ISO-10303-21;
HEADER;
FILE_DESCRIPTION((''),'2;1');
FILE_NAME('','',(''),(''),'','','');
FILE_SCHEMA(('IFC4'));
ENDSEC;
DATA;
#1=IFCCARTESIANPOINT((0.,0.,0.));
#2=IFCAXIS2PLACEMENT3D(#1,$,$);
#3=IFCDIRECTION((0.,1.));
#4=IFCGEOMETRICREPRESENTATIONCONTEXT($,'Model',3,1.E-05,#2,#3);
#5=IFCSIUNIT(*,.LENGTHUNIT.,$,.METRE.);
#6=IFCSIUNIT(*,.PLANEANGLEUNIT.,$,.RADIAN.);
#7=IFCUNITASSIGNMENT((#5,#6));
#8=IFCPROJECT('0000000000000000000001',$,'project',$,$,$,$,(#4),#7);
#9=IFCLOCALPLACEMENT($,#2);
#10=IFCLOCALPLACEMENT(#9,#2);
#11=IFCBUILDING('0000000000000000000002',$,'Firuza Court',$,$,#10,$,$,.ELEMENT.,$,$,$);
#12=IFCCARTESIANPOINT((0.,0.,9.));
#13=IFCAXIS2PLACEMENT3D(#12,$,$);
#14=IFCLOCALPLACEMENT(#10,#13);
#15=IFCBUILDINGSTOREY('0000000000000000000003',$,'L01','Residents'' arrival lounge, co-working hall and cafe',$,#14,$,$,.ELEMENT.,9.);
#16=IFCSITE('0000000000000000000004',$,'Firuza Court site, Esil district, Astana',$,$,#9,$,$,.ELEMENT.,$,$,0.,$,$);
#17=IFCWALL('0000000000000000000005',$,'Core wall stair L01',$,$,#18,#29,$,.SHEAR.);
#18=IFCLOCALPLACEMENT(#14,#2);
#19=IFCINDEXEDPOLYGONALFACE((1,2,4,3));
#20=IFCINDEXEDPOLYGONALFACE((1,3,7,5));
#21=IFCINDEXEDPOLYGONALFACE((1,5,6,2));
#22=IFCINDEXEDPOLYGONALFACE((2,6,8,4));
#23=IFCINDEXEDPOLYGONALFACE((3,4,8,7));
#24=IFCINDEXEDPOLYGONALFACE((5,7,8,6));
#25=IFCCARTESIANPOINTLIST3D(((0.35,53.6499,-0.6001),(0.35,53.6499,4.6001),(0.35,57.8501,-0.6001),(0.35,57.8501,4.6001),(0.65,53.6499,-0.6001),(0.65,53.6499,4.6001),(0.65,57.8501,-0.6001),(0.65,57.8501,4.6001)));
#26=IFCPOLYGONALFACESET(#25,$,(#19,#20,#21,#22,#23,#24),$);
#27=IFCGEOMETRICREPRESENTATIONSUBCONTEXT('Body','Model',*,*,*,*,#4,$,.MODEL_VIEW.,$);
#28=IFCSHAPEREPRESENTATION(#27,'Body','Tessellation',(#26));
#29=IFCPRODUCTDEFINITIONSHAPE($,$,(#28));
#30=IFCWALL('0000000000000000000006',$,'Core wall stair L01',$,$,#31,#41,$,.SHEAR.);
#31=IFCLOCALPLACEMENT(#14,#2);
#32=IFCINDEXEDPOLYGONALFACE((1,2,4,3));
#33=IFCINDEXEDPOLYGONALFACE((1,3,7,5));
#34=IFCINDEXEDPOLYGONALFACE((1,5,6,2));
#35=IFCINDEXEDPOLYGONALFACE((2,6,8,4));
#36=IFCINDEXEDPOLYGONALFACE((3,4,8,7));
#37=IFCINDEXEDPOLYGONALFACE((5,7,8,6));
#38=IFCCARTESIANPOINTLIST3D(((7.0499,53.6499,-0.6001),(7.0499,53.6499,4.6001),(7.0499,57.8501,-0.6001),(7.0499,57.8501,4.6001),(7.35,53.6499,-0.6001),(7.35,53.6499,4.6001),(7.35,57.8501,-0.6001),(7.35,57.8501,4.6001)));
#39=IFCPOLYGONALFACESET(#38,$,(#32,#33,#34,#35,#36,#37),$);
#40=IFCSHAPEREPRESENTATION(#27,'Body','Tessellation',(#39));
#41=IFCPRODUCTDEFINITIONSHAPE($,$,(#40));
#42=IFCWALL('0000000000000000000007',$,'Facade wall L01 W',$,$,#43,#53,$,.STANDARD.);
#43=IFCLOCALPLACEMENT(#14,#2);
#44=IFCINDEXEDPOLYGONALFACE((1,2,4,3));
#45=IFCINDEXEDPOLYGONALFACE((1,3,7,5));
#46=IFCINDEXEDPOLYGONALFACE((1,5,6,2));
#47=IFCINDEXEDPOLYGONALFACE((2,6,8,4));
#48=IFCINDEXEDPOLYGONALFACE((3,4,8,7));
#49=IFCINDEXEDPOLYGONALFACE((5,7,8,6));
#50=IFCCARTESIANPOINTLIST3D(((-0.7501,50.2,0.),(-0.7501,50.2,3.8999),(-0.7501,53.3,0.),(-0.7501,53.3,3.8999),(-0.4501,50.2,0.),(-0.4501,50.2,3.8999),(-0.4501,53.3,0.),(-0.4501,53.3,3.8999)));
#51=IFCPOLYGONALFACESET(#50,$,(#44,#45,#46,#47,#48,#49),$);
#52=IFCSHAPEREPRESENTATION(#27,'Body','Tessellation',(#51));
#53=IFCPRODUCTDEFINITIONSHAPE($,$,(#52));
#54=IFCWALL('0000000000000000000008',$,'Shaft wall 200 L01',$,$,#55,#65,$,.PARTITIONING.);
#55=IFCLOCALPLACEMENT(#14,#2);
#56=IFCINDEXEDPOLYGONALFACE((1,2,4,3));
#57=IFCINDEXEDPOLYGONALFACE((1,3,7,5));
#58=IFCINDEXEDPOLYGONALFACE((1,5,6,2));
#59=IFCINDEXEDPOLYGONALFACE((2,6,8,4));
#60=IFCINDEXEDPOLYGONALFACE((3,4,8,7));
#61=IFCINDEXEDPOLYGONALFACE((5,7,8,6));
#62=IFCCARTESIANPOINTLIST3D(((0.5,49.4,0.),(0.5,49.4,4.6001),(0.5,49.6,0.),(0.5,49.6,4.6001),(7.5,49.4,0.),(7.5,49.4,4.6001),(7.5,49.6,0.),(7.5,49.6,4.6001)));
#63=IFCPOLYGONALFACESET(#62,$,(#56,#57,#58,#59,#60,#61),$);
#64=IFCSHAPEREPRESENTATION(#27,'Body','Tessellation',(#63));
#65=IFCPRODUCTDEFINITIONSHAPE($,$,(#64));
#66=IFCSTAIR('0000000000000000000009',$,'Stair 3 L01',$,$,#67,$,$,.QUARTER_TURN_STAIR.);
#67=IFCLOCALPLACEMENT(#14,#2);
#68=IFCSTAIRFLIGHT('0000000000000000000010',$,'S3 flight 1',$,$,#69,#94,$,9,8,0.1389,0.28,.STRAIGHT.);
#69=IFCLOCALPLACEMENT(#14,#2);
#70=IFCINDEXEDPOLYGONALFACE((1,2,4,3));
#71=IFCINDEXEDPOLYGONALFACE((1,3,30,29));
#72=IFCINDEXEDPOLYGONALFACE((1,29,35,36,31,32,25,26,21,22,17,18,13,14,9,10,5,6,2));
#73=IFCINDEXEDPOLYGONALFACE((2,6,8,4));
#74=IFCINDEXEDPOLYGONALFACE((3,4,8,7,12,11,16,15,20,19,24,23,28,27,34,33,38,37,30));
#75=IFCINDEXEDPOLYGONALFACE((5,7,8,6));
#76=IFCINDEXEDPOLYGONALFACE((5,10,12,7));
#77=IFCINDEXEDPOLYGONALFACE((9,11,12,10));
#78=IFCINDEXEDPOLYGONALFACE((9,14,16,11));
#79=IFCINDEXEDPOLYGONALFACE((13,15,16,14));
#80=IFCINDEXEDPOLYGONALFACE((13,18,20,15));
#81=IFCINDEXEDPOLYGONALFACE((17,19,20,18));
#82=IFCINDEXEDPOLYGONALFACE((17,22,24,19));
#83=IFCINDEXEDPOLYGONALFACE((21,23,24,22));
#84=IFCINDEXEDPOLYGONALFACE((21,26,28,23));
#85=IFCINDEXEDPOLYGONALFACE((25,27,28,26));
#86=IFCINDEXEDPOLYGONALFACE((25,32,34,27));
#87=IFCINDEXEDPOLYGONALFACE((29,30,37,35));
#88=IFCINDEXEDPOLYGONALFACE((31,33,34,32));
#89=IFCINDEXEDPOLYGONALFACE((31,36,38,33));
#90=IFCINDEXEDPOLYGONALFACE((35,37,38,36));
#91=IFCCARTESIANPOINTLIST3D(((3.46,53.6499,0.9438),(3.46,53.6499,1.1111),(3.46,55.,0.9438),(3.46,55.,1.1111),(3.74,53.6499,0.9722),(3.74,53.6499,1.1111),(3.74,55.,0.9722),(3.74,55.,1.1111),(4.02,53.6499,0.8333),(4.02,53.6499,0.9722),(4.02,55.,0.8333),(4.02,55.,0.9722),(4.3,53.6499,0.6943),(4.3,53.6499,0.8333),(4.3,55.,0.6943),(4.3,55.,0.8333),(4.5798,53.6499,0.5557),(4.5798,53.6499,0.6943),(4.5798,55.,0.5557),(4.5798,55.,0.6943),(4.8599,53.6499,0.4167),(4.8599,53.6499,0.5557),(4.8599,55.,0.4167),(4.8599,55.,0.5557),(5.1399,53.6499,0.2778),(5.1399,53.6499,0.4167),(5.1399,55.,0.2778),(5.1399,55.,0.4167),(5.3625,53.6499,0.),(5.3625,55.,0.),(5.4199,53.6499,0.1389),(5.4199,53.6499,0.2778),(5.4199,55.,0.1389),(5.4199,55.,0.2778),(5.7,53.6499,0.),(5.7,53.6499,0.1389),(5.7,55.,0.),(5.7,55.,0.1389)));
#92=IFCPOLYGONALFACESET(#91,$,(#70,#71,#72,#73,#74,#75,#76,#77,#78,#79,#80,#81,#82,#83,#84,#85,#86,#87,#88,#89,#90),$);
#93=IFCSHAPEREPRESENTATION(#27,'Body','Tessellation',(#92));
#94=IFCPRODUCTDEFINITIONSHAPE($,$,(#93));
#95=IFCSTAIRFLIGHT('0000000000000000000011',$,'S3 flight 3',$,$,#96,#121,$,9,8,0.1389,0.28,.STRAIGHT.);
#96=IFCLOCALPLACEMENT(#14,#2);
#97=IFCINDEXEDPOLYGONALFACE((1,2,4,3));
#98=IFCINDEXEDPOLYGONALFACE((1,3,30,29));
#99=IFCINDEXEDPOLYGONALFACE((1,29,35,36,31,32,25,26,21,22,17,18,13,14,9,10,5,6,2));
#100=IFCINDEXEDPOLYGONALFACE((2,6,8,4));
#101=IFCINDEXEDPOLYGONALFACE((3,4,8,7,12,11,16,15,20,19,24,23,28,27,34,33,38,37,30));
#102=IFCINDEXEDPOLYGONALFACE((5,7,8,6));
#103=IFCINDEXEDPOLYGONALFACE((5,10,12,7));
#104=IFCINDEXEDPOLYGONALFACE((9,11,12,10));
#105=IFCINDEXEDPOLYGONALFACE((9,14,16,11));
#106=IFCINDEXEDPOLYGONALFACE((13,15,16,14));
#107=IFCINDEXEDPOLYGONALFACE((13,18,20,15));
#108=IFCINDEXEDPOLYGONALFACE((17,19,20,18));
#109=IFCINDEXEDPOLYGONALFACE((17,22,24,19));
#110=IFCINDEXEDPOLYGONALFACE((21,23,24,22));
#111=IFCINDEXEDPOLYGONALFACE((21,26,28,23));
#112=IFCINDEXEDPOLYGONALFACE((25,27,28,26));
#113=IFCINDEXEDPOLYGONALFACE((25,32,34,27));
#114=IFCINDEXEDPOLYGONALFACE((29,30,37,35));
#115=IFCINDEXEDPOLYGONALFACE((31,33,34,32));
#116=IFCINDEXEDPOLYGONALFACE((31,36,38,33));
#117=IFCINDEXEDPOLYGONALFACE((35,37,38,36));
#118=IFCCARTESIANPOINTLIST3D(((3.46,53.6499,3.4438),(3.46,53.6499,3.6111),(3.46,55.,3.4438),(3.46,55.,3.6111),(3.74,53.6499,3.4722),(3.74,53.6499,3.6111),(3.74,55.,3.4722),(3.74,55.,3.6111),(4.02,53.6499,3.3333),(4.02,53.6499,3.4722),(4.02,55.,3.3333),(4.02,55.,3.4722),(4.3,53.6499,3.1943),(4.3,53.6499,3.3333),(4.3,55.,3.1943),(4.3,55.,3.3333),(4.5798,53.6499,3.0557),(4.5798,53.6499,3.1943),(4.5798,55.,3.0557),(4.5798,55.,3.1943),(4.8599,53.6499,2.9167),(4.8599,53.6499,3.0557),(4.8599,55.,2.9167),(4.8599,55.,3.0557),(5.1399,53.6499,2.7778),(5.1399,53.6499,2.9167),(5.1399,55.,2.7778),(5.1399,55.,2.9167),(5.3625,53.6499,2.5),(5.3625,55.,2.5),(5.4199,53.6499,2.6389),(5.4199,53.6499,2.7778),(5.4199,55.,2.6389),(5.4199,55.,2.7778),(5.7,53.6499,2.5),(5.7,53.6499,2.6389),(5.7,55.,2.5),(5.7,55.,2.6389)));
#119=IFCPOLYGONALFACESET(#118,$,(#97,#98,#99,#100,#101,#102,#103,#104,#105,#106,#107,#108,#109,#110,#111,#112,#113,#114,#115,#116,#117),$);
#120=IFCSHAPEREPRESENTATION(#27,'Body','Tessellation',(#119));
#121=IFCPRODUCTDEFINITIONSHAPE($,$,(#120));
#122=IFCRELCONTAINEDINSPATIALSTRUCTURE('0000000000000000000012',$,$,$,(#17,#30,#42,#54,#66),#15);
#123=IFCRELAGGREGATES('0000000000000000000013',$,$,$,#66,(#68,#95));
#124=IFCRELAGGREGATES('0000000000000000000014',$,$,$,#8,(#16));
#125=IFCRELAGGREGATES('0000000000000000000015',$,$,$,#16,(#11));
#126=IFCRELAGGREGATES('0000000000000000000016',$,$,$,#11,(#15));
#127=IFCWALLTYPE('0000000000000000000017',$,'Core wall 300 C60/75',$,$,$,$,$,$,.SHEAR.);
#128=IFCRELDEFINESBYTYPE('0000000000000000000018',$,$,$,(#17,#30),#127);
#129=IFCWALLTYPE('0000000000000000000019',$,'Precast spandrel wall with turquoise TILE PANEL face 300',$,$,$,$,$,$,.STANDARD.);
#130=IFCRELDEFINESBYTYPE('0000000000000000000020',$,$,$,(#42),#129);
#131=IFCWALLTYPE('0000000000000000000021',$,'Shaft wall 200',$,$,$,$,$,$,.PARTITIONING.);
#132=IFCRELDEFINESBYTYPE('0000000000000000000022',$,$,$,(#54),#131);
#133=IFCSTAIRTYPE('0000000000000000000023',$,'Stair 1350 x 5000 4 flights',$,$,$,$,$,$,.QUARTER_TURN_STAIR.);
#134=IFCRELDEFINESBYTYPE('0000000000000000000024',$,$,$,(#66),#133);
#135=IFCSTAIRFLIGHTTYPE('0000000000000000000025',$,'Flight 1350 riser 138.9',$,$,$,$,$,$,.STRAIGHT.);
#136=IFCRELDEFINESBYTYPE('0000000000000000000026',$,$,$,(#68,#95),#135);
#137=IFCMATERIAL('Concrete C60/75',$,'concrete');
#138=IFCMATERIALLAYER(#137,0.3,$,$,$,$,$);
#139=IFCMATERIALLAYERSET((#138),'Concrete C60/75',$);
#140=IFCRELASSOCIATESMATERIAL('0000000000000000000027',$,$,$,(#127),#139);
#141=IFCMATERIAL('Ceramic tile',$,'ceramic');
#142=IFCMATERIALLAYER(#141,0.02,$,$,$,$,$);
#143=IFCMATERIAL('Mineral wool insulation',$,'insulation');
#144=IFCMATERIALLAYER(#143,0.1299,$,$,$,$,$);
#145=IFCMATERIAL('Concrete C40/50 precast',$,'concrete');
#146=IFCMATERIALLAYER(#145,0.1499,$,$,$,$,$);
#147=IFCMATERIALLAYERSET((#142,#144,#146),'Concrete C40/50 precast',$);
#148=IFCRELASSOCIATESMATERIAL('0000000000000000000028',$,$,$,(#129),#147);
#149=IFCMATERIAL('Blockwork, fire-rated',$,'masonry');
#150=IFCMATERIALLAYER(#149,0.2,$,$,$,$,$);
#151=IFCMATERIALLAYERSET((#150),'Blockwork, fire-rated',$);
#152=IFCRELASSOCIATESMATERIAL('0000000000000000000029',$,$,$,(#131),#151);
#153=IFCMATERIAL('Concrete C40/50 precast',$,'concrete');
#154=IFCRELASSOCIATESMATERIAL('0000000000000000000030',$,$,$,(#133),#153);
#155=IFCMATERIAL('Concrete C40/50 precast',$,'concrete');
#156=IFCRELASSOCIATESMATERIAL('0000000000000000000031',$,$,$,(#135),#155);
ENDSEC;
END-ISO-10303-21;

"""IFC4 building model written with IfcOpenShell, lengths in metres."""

from ifc_helpers import new_model, si_unit, direction, frame, frame_2d, origin, place, context, subcontext, project, spatial, polyline, rectangle, outline, extrude, material, layer, layer_set, type_object, element, aggregate, save


model = new_model("IFC4")

# Units and contexts
model_context = context("Model", 3, precision=1e-05, world=origin(), true_north=direction((0.0, 1.0)))
body_context = subcontext(model_context, "Body", "Model", "MODEL_VIEW")
ifc_project = project(units=[si_unit("LENGTHUNIT", "METRE"), si_unit("PLANEANGLEUNIT", "RADIAN")], contexts=[model_context])

# Site, building, storey
site_placement = place(None, origin())
site = spatial("IfcSite", under=ifc_project, at=site_placement, Name="Firuza Court site, Esil district, Astana", CompositionType="ELEMENT", RefElevation=0.0)
building_placement = place(site_placement, origin())
building = spatial("IfcBuilding", under=site, at=building_placement, Name="Firuza Court", CompositionType="ELEMENT")
storey_placement = place(building_placement, frame((0.0, 0.0, 9.0)))
storey = spatial("IfcBuildingStorey", under=building, at=storey_placement, Name="L01", Description="Residents' arrival lounge, co-working hall and cafe", CompositionType="ELEMENT", Elevation=9.0)

# Shared definitions
ifc_material_1 = material(Name="Concrete C60/75", Category="concrete")

# Shared definitions
ifc_layer_1 = layer(ifc_material_1, 0.3)
ifc_layer_set_1 = layer_set([ifc_layer_1], Name="Concrete C60/75")
wall_type_1 = type_object("IfcWallType", Name="Core wall 300 C60/75", PredefinedType="SHEAR", material=ifc_layer_set_1)

# Walls
for number, where, z_axis, x_axis, name in (
    (1, (0.5, 53.6499, -0.6001), (0.0, 0.0, 1.0), (0.0, 1.0, 0.0), "Core wall stair L01"),
    (2, (7.2, 53.6499, -0.6001), (0.0, 0.0, 1.0), (0.0, 1.0, 0.0), "Core wall stair L01"),
):
    element("IfcWall", number, at=place(storey_placement, frame(where, z_axis=z_axis, x_axis=x_axis)), inside=storey, type_object=wall_type_1, Name=name, PredefinedType="SHEAR", context=body_context, shape_type="SweptSolid", body=[
        extrude(rectangle(XDim=4.2002, YDim=0.3, at=frame_2d((2.1001, 0.0))), origin(), (0.0, 0.0, 1.0), 5.2002),
    ])
ifc_material_2 = material(Name="Ceramic tile", Category="ceramic")
ifc_layer_2 = layer(ifc_material_2, 0.02)
ifc_material_3 = material(Name="Mineral wool insulation", Category="insulation")
ifc_layer_3 = layer(ifc_material_3, 0.1299)
ifc_material_4 = material(Name="Concrete C40/50 precast", Category="concrete")
ifc_layer_4 = layer(ifc_material_4, 0.1499)
ifc_layer_set_2 = layer_set([ifc_layer_2, ifc_layer_3, ifc_layer_4], Name="Concrete C40/50 precast")
wall_type_2 = type_object("IfcWallType", Name="Precast spandrel wall with turquoise TILE PANEL face 300", PredefinedType="STANDARD", material=ifc_layer_set_2)
wall_1_placement = place(storey_placement, frame((-0.6001, 53.3, 0.0), z_axis=(0.0, 0.0, 1.0), x_axis=(0.0, -1.0, 0.0)))
element("IfcWall", 3, at=wall_1_placement, inside=storey, type_object=wall_type_2, Name="Facade wall L01 W", PredefinedType="STANDARD", context=body_context, shape_type="SweptSolid", body=[
    extrude(rectangle(XDim=3.1001, YDim=0.3, at=frame_2d((1.55, 0.0))), origin(), (0.0, 0.0, 1.0), 3.8999),
])
ifc_material_5 = material(Name="Blockwork, fire-rated", Category="masonry")
ifc_layer_5 = layer(ifc_material_5, 0.2)
ifc_layer_set_3 = layer_set([ifc_layer_5], Name="Blockwork, fire-rated")
wall_type_3 = type_object("IfcWallType", Name="Shaft wall 200", PredefinedType="PARTITIONING", material=ifc_layer_set_3)
wall_2_placement = place(storey_placement, frame((0.5, 49.5, 0.0), z_axis=(0.0, 0.0, 1.0), x_axis=(1.0, 0.0, 0.0)))
element("IfcWall", 4, at=wall_2_placement, inside=storey, type_object=wall_type_3, Name="Shaft wall 200 L01", PredefinedType="PARTITIONING", context=body_context, shape_type="SweptSolid", body=[
    extrude(rectangle(XDim=7.0, YDim=0.2, at=frame_2d((3.5, 0.0))), origin(), (0.0, 0.0, 1.0), 4.6001),
])

# Stair, stair flights
ifc_material_6 = material(Name="Concrete C40/50 precast", Category="concrete")
stair_type = type_object("IfcStairType", Name="Stair 1350 x 5000 4 flights", PredefinedType="QUARTER_TURN_STAIR", material=ifc_material_6)
stair_placement = place(storey_placement, origin())
stair = element("IfcStair", 5, at=stair_placement, inside=storey, type_object=stair_type, Name="Stair 3 L01", PredefinedType="QUARTER_TURN_STAIR")
ifc_material_7 = material(Name="Concrete C40/50 precast", Category="concrete")
stair_flight_type = type_object("IfcStairFlightType", Name="Flight 1350 riser 138.9", PredefinedType="STRAIGHT", material=ifc_material_7)
stair_flight_1_placement = place(storey_placement, frame((5.7, 54.325, 0.0), z_axis=(0.0, 0.0, 1.0), x_axis=(-1.0, 0.0, 0.0)))
stair_flight_1 = element("IfcStairFlight", 6, at=stair_flight_1_placement, type_object=stair_flight_type, Name="S3 flight 1", NumberOfRisers=9, NumberOfTreads=8, PredefinedType="STRAIGHT", RiserHeight=0.1389, TreadLength=0.28, context=body_context, shape_type="SweptSolid", body=[
    extrude(outline(polyline([(0.0, 0.0), (0.0, 0.1389), (0.28, 0.1389), (0.28, 0.2778), (0.5601, 0.2778), (0.5601, 0.4167), (0.8401, 0.4167), (0.8401, 0.5557), (1.1201, 0.5557), (1.1201, 0.6943), (1.3999, 0.6943), (1.3999, 0.8333), (1.6799, 0.8333), (1.6799, 0.9722), (1.96, 0.9722), (1.96, 1.1111), (2.24, 1.1111), (2.24, 1.25), (2.24, 0.9438), (0.3374, 0.0), (0.0, 0.0)])), frame((0.0, 0.675, 0.0), z_axis=(0.0, -1.0, 0.0), x_axis=(1.0, 0.0, 0.0)), (0.0, 0.0, 1.0), 1.3501),
])
stair_flight_2_placement = place(storey_placement, frame((5.7, 54.325, 2.5), z_axis=(0.0, 0.0, 1.0), x_axis=(-1.0, 0.0, 0.0)))
stair_flight_2 = element("IfcStairFlight", 7, at=stair_flight_2_placement, type_object=stair_flight_type, Name="S3 flight 3", NumberOfRisers=9, NumberOfTreads=8, PredefinedType="STRAIGHT", RiserHeight=0.1389, TreadLength=0.28, context=body_context, shape_type="SweptSolid", body=[
    extrude(outline(polyline([(0.0, 0.0), (0.0, 0.1389), (0.28, 0.1389), (0.28, 0.2778), (0.5601, 0.2778), (0.5601, 0.4167), (0.8401, 0.4167), (0.8401, 0.5557), (1.1201, 0.5557), (1.1201, 0.6943), (1.3999, 0.6943), (1.3999, 0.8333), (1.6799, 0.8333), (1.6799, 0.9722), (1.96, 0.9722), (1.96, 1.1111), (2.24, 1.1111), (2.24, 1.25), (2.24, 0.9438), (0.3374, 0.0), (0.0, 0.0)])), frame((0.0, 0.675, 0.0), z_axis=(0.0, -1.0, 0.0), x_axis=(1.0, 0.0, 0.0)), (0.0, 0.0, 1.0), 1.3501),
])
aggregate(stair, [stair_flight_1, stair_flight_2])

save(model, "model.ifc")
